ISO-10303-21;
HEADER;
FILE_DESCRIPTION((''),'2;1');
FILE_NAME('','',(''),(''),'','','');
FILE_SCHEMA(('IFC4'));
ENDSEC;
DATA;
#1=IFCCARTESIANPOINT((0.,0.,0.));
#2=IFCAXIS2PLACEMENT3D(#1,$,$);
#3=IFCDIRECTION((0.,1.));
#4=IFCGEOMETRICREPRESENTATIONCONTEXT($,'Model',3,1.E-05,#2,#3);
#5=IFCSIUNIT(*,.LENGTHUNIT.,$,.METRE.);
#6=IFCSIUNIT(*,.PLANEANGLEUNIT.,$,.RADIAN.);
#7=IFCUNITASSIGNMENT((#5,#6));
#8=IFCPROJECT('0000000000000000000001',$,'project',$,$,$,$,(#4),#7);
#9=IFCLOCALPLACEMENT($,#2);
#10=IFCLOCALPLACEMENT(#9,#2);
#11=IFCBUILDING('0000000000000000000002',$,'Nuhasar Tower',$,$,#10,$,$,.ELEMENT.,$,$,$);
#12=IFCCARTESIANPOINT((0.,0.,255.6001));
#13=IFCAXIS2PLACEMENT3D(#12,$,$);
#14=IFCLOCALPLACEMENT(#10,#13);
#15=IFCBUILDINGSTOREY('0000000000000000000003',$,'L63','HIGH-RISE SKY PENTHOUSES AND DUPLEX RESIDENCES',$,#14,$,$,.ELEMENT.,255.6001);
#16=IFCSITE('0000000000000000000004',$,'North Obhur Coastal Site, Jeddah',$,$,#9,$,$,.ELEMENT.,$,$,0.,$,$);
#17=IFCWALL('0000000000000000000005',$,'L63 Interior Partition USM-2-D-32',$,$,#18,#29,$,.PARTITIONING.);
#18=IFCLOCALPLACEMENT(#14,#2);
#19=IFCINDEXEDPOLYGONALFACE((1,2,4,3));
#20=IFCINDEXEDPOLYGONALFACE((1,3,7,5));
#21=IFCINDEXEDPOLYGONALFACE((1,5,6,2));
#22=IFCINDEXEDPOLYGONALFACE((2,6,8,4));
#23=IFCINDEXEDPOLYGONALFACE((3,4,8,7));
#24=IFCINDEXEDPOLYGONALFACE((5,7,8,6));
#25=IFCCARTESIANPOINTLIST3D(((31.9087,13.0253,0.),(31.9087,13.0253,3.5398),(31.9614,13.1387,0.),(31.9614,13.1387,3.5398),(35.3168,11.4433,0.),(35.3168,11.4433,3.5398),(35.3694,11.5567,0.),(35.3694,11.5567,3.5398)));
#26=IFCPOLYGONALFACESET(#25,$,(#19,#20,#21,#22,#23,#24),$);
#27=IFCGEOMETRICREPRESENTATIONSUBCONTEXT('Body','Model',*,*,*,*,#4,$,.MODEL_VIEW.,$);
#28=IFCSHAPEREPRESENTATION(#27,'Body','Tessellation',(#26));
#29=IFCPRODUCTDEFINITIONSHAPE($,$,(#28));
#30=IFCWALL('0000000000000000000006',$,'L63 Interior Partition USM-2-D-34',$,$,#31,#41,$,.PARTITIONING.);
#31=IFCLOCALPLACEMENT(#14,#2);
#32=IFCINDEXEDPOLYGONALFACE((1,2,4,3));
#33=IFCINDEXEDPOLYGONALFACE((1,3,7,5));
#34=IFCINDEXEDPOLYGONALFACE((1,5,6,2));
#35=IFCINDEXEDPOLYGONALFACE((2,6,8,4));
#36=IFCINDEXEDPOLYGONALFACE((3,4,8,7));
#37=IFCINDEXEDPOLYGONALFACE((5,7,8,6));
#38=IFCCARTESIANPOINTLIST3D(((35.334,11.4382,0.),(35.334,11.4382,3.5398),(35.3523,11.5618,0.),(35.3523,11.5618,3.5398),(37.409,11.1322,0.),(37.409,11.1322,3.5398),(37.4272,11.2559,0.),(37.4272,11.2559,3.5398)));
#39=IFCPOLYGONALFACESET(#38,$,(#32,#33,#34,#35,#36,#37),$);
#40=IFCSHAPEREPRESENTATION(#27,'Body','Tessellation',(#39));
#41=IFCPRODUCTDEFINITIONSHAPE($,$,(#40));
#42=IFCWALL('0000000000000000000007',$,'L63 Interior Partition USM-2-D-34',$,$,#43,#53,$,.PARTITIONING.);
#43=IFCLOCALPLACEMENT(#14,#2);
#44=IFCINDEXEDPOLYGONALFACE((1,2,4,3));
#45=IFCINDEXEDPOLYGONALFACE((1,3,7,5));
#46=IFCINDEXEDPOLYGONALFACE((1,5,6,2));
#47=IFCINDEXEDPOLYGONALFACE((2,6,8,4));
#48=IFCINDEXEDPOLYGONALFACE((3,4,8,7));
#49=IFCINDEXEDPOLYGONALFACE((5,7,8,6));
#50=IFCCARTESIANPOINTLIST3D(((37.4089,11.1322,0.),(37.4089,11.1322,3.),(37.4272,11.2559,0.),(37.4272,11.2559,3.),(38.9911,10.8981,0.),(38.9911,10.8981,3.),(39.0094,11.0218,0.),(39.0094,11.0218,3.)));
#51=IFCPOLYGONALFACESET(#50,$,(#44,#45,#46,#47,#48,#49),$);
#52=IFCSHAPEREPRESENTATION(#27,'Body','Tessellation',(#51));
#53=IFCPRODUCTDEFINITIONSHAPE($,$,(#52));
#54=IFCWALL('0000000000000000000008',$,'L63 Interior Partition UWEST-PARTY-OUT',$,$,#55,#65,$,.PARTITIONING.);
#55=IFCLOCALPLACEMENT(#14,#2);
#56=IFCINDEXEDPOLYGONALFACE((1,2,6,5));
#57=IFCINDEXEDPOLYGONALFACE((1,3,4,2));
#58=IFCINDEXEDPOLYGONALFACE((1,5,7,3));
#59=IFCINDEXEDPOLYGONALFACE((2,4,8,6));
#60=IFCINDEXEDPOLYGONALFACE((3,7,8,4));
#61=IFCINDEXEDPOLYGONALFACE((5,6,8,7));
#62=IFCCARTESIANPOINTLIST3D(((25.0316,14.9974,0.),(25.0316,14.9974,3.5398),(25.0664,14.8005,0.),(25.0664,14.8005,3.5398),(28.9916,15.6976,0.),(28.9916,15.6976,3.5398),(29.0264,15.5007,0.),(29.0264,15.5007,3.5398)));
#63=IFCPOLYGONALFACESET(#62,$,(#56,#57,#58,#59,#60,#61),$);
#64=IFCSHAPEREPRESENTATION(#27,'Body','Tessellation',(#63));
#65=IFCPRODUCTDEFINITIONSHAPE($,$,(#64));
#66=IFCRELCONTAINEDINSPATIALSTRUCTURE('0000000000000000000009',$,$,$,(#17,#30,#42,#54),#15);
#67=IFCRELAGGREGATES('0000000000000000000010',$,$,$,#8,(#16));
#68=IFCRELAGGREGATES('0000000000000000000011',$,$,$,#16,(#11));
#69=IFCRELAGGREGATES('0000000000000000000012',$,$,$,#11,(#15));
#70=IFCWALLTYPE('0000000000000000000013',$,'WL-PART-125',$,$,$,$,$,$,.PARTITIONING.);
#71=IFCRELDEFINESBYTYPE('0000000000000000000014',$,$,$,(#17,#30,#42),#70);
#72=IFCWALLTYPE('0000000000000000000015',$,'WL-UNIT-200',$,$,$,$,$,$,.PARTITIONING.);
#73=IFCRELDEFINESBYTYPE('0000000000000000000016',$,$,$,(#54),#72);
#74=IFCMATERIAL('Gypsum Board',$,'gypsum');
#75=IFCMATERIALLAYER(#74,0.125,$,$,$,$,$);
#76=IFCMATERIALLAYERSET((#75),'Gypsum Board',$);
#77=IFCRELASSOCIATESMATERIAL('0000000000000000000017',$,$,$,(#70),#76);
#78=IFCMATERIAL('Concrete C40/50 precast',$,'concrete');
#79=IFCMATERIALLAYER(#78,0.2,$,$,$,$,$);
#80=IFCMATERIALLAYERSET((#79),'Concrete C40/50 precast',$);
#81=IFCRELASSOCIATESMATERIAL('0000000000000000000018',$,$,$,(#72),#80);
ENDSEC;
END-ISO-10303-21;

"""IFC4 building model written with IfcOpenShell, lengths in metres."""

from ifc_helpers import new_model, si_unit, direction, frame, frame_2d, origin, place, context, subcontext, project, spatial, rectangle, extrude, material, layer, layer_set, type_object, element, save


model = new_model("IFC4")

# Units and contexts
model_context = context("Model", 3, precision=1e-05, world=origin(), true_north=direction((0.0, 1.0)))
body_context = subcontext(model_context, "Body", "Model", "MODEL_VIEW")
ifc_project = project(units=[si_unit("LENGTHUNIT", "METRE"), si_unit("PLANEANGLEUNIT", "RADIAN")], contexts=[model_context])

# Site, building, storey
site_placement = place(None, origin())
site = spatial("IfcSite", under=ifc_project, at=site_placement, Name="North Obhur Coastal Site, Jeddah", CompositionType="ELEMENT", RefElevation=0.0)
building_placement = place(site_placement, origin())
building = spatial("IfcBuilding", under=site, at=building_placement, Name="Nuhasar Tower", CompositionType="ELEMENT")
storey_placement = place(building_placement, frame((0.0, 0.0, 255.6001)))
storey = spatial("IfcBuildingStorey", under=building, at=storey_placement, Name="L63", Description="HIGH-RISE SKY PENTHOUSES AND DUPLEX RESIDENCES", CompositionType="ELEMENT", Elevation=255.6001)

# Walls
ifc_material_1 = material(Name="Gypsum Board", Category="gypsum")
ifc_layer_1 = layer(ifc_material_1, 0.125)
ifc_layer_set_1 = layer_set([ifc_layer_1], Name="Gypsum Board")
wall_type_1 = type_object("IfcWallType", Name="WL-PART-125", PredefinedType="PARTITIONING", material=ifc_layer_set_1)
wall_1_placement = place(storey_placement, frame((31.9351, 13.082, 0.0), z_axis=(0.0, 0.0, 1.0), x_axis=(0.907033, -0.42106, 0.0)))
element("IfcWall", 1, at=wall_1_placement, inside=storey, type_object=wall_type_1, Name="L63 Interior Partition USM-2-D-32", PredefinedType="PARTITIONING", context=body_context, shape_type="SweptSolid", body=[
    extrude(rectangle(XDim=3.7573, YDim=0.125, at=frame_2d((1.8787, 0.0))), origin(), (0.0, 0.0, 1.0), 3.5398),
])
wall_2_placement = place(storey_placement, frame((35.343, 11.5, 0.0), z_axis=(0.0, 0.0, 1.0), x_axis=(0.989306, -0.145853, 0.0)))
element("IfcWall", 2, at=wall_2_placement, inside=storey, type_object=wall_type_1, Name="L63 Interior Partition USM-2-D-34", PredefinedType="PARTITIONING", context=body_context, shape_type="SweptSolid", body=[
    extrude(rectangle(XDim=2.0974, YDim=0.125, at=frame_2d((1.0488, 0.0))), origin(), (0.0, 0.0, 1.0), 3.5398),
])
wall_3_placement = place(storey_placement, frame((37.418, 11.1941, 0.0), z_axis=(0.0, 0.0, 1.0), x_axis=(0.989226, -0.146399, 0.0)))
element("IfcWall", 3, at=wall_3_placement, inside=storey, type_object=wall_type_1, Name="L63 Interior Partition USM-2-D-34", PredefinedType="PARTITIONING", context=body_context, shape_type="SweptSolid", body=[
    extrude(rectangle(XDim=1.5994, YDim=0.125, at=frame_2d((0.7998, 0.0))), origin(), (0.0, 0.0, 1.0), 3.0),
])
ifc_material_2 = material(Name="Concrete C40/50 precast", Category="concrete")
ifc_layer_2 = layer(ifc_material_2, 0.2)
ifc_layer_set_2 = layer_set([ifc_layer_2], Name="Concrete C40/50 precast")
wall_type_2 = type_object("IfcWallType", Name="WL-UNIT-200", PredefinedType="PARTITIONING", material=ifc_layer_set_2)
wall_4_placement = place(storey_placement, frame((29.009, 15.5991, 0.0), z_axis=(0.0, 0.0, 1.0), x_axis=(-0.984725, -0.174118, 0.0)))
element("IfcWall", 4, at=wall_4_placement, inside=storey, type_object=wall_type_2, Name="L63 Interior Partition UWEST-PARTY-OUT", PredefinedType="PARTITIONING", context=body_context, shape_type="SweptSolid", body=[
    extrude(rectangle(XDim=4.0215, YDim=0.2, at=frame_2d((2.0107, 0.0))), origin(), (0.0, 0.0, 1.0), 3.5398),
])

save(model, "model.ifc")
